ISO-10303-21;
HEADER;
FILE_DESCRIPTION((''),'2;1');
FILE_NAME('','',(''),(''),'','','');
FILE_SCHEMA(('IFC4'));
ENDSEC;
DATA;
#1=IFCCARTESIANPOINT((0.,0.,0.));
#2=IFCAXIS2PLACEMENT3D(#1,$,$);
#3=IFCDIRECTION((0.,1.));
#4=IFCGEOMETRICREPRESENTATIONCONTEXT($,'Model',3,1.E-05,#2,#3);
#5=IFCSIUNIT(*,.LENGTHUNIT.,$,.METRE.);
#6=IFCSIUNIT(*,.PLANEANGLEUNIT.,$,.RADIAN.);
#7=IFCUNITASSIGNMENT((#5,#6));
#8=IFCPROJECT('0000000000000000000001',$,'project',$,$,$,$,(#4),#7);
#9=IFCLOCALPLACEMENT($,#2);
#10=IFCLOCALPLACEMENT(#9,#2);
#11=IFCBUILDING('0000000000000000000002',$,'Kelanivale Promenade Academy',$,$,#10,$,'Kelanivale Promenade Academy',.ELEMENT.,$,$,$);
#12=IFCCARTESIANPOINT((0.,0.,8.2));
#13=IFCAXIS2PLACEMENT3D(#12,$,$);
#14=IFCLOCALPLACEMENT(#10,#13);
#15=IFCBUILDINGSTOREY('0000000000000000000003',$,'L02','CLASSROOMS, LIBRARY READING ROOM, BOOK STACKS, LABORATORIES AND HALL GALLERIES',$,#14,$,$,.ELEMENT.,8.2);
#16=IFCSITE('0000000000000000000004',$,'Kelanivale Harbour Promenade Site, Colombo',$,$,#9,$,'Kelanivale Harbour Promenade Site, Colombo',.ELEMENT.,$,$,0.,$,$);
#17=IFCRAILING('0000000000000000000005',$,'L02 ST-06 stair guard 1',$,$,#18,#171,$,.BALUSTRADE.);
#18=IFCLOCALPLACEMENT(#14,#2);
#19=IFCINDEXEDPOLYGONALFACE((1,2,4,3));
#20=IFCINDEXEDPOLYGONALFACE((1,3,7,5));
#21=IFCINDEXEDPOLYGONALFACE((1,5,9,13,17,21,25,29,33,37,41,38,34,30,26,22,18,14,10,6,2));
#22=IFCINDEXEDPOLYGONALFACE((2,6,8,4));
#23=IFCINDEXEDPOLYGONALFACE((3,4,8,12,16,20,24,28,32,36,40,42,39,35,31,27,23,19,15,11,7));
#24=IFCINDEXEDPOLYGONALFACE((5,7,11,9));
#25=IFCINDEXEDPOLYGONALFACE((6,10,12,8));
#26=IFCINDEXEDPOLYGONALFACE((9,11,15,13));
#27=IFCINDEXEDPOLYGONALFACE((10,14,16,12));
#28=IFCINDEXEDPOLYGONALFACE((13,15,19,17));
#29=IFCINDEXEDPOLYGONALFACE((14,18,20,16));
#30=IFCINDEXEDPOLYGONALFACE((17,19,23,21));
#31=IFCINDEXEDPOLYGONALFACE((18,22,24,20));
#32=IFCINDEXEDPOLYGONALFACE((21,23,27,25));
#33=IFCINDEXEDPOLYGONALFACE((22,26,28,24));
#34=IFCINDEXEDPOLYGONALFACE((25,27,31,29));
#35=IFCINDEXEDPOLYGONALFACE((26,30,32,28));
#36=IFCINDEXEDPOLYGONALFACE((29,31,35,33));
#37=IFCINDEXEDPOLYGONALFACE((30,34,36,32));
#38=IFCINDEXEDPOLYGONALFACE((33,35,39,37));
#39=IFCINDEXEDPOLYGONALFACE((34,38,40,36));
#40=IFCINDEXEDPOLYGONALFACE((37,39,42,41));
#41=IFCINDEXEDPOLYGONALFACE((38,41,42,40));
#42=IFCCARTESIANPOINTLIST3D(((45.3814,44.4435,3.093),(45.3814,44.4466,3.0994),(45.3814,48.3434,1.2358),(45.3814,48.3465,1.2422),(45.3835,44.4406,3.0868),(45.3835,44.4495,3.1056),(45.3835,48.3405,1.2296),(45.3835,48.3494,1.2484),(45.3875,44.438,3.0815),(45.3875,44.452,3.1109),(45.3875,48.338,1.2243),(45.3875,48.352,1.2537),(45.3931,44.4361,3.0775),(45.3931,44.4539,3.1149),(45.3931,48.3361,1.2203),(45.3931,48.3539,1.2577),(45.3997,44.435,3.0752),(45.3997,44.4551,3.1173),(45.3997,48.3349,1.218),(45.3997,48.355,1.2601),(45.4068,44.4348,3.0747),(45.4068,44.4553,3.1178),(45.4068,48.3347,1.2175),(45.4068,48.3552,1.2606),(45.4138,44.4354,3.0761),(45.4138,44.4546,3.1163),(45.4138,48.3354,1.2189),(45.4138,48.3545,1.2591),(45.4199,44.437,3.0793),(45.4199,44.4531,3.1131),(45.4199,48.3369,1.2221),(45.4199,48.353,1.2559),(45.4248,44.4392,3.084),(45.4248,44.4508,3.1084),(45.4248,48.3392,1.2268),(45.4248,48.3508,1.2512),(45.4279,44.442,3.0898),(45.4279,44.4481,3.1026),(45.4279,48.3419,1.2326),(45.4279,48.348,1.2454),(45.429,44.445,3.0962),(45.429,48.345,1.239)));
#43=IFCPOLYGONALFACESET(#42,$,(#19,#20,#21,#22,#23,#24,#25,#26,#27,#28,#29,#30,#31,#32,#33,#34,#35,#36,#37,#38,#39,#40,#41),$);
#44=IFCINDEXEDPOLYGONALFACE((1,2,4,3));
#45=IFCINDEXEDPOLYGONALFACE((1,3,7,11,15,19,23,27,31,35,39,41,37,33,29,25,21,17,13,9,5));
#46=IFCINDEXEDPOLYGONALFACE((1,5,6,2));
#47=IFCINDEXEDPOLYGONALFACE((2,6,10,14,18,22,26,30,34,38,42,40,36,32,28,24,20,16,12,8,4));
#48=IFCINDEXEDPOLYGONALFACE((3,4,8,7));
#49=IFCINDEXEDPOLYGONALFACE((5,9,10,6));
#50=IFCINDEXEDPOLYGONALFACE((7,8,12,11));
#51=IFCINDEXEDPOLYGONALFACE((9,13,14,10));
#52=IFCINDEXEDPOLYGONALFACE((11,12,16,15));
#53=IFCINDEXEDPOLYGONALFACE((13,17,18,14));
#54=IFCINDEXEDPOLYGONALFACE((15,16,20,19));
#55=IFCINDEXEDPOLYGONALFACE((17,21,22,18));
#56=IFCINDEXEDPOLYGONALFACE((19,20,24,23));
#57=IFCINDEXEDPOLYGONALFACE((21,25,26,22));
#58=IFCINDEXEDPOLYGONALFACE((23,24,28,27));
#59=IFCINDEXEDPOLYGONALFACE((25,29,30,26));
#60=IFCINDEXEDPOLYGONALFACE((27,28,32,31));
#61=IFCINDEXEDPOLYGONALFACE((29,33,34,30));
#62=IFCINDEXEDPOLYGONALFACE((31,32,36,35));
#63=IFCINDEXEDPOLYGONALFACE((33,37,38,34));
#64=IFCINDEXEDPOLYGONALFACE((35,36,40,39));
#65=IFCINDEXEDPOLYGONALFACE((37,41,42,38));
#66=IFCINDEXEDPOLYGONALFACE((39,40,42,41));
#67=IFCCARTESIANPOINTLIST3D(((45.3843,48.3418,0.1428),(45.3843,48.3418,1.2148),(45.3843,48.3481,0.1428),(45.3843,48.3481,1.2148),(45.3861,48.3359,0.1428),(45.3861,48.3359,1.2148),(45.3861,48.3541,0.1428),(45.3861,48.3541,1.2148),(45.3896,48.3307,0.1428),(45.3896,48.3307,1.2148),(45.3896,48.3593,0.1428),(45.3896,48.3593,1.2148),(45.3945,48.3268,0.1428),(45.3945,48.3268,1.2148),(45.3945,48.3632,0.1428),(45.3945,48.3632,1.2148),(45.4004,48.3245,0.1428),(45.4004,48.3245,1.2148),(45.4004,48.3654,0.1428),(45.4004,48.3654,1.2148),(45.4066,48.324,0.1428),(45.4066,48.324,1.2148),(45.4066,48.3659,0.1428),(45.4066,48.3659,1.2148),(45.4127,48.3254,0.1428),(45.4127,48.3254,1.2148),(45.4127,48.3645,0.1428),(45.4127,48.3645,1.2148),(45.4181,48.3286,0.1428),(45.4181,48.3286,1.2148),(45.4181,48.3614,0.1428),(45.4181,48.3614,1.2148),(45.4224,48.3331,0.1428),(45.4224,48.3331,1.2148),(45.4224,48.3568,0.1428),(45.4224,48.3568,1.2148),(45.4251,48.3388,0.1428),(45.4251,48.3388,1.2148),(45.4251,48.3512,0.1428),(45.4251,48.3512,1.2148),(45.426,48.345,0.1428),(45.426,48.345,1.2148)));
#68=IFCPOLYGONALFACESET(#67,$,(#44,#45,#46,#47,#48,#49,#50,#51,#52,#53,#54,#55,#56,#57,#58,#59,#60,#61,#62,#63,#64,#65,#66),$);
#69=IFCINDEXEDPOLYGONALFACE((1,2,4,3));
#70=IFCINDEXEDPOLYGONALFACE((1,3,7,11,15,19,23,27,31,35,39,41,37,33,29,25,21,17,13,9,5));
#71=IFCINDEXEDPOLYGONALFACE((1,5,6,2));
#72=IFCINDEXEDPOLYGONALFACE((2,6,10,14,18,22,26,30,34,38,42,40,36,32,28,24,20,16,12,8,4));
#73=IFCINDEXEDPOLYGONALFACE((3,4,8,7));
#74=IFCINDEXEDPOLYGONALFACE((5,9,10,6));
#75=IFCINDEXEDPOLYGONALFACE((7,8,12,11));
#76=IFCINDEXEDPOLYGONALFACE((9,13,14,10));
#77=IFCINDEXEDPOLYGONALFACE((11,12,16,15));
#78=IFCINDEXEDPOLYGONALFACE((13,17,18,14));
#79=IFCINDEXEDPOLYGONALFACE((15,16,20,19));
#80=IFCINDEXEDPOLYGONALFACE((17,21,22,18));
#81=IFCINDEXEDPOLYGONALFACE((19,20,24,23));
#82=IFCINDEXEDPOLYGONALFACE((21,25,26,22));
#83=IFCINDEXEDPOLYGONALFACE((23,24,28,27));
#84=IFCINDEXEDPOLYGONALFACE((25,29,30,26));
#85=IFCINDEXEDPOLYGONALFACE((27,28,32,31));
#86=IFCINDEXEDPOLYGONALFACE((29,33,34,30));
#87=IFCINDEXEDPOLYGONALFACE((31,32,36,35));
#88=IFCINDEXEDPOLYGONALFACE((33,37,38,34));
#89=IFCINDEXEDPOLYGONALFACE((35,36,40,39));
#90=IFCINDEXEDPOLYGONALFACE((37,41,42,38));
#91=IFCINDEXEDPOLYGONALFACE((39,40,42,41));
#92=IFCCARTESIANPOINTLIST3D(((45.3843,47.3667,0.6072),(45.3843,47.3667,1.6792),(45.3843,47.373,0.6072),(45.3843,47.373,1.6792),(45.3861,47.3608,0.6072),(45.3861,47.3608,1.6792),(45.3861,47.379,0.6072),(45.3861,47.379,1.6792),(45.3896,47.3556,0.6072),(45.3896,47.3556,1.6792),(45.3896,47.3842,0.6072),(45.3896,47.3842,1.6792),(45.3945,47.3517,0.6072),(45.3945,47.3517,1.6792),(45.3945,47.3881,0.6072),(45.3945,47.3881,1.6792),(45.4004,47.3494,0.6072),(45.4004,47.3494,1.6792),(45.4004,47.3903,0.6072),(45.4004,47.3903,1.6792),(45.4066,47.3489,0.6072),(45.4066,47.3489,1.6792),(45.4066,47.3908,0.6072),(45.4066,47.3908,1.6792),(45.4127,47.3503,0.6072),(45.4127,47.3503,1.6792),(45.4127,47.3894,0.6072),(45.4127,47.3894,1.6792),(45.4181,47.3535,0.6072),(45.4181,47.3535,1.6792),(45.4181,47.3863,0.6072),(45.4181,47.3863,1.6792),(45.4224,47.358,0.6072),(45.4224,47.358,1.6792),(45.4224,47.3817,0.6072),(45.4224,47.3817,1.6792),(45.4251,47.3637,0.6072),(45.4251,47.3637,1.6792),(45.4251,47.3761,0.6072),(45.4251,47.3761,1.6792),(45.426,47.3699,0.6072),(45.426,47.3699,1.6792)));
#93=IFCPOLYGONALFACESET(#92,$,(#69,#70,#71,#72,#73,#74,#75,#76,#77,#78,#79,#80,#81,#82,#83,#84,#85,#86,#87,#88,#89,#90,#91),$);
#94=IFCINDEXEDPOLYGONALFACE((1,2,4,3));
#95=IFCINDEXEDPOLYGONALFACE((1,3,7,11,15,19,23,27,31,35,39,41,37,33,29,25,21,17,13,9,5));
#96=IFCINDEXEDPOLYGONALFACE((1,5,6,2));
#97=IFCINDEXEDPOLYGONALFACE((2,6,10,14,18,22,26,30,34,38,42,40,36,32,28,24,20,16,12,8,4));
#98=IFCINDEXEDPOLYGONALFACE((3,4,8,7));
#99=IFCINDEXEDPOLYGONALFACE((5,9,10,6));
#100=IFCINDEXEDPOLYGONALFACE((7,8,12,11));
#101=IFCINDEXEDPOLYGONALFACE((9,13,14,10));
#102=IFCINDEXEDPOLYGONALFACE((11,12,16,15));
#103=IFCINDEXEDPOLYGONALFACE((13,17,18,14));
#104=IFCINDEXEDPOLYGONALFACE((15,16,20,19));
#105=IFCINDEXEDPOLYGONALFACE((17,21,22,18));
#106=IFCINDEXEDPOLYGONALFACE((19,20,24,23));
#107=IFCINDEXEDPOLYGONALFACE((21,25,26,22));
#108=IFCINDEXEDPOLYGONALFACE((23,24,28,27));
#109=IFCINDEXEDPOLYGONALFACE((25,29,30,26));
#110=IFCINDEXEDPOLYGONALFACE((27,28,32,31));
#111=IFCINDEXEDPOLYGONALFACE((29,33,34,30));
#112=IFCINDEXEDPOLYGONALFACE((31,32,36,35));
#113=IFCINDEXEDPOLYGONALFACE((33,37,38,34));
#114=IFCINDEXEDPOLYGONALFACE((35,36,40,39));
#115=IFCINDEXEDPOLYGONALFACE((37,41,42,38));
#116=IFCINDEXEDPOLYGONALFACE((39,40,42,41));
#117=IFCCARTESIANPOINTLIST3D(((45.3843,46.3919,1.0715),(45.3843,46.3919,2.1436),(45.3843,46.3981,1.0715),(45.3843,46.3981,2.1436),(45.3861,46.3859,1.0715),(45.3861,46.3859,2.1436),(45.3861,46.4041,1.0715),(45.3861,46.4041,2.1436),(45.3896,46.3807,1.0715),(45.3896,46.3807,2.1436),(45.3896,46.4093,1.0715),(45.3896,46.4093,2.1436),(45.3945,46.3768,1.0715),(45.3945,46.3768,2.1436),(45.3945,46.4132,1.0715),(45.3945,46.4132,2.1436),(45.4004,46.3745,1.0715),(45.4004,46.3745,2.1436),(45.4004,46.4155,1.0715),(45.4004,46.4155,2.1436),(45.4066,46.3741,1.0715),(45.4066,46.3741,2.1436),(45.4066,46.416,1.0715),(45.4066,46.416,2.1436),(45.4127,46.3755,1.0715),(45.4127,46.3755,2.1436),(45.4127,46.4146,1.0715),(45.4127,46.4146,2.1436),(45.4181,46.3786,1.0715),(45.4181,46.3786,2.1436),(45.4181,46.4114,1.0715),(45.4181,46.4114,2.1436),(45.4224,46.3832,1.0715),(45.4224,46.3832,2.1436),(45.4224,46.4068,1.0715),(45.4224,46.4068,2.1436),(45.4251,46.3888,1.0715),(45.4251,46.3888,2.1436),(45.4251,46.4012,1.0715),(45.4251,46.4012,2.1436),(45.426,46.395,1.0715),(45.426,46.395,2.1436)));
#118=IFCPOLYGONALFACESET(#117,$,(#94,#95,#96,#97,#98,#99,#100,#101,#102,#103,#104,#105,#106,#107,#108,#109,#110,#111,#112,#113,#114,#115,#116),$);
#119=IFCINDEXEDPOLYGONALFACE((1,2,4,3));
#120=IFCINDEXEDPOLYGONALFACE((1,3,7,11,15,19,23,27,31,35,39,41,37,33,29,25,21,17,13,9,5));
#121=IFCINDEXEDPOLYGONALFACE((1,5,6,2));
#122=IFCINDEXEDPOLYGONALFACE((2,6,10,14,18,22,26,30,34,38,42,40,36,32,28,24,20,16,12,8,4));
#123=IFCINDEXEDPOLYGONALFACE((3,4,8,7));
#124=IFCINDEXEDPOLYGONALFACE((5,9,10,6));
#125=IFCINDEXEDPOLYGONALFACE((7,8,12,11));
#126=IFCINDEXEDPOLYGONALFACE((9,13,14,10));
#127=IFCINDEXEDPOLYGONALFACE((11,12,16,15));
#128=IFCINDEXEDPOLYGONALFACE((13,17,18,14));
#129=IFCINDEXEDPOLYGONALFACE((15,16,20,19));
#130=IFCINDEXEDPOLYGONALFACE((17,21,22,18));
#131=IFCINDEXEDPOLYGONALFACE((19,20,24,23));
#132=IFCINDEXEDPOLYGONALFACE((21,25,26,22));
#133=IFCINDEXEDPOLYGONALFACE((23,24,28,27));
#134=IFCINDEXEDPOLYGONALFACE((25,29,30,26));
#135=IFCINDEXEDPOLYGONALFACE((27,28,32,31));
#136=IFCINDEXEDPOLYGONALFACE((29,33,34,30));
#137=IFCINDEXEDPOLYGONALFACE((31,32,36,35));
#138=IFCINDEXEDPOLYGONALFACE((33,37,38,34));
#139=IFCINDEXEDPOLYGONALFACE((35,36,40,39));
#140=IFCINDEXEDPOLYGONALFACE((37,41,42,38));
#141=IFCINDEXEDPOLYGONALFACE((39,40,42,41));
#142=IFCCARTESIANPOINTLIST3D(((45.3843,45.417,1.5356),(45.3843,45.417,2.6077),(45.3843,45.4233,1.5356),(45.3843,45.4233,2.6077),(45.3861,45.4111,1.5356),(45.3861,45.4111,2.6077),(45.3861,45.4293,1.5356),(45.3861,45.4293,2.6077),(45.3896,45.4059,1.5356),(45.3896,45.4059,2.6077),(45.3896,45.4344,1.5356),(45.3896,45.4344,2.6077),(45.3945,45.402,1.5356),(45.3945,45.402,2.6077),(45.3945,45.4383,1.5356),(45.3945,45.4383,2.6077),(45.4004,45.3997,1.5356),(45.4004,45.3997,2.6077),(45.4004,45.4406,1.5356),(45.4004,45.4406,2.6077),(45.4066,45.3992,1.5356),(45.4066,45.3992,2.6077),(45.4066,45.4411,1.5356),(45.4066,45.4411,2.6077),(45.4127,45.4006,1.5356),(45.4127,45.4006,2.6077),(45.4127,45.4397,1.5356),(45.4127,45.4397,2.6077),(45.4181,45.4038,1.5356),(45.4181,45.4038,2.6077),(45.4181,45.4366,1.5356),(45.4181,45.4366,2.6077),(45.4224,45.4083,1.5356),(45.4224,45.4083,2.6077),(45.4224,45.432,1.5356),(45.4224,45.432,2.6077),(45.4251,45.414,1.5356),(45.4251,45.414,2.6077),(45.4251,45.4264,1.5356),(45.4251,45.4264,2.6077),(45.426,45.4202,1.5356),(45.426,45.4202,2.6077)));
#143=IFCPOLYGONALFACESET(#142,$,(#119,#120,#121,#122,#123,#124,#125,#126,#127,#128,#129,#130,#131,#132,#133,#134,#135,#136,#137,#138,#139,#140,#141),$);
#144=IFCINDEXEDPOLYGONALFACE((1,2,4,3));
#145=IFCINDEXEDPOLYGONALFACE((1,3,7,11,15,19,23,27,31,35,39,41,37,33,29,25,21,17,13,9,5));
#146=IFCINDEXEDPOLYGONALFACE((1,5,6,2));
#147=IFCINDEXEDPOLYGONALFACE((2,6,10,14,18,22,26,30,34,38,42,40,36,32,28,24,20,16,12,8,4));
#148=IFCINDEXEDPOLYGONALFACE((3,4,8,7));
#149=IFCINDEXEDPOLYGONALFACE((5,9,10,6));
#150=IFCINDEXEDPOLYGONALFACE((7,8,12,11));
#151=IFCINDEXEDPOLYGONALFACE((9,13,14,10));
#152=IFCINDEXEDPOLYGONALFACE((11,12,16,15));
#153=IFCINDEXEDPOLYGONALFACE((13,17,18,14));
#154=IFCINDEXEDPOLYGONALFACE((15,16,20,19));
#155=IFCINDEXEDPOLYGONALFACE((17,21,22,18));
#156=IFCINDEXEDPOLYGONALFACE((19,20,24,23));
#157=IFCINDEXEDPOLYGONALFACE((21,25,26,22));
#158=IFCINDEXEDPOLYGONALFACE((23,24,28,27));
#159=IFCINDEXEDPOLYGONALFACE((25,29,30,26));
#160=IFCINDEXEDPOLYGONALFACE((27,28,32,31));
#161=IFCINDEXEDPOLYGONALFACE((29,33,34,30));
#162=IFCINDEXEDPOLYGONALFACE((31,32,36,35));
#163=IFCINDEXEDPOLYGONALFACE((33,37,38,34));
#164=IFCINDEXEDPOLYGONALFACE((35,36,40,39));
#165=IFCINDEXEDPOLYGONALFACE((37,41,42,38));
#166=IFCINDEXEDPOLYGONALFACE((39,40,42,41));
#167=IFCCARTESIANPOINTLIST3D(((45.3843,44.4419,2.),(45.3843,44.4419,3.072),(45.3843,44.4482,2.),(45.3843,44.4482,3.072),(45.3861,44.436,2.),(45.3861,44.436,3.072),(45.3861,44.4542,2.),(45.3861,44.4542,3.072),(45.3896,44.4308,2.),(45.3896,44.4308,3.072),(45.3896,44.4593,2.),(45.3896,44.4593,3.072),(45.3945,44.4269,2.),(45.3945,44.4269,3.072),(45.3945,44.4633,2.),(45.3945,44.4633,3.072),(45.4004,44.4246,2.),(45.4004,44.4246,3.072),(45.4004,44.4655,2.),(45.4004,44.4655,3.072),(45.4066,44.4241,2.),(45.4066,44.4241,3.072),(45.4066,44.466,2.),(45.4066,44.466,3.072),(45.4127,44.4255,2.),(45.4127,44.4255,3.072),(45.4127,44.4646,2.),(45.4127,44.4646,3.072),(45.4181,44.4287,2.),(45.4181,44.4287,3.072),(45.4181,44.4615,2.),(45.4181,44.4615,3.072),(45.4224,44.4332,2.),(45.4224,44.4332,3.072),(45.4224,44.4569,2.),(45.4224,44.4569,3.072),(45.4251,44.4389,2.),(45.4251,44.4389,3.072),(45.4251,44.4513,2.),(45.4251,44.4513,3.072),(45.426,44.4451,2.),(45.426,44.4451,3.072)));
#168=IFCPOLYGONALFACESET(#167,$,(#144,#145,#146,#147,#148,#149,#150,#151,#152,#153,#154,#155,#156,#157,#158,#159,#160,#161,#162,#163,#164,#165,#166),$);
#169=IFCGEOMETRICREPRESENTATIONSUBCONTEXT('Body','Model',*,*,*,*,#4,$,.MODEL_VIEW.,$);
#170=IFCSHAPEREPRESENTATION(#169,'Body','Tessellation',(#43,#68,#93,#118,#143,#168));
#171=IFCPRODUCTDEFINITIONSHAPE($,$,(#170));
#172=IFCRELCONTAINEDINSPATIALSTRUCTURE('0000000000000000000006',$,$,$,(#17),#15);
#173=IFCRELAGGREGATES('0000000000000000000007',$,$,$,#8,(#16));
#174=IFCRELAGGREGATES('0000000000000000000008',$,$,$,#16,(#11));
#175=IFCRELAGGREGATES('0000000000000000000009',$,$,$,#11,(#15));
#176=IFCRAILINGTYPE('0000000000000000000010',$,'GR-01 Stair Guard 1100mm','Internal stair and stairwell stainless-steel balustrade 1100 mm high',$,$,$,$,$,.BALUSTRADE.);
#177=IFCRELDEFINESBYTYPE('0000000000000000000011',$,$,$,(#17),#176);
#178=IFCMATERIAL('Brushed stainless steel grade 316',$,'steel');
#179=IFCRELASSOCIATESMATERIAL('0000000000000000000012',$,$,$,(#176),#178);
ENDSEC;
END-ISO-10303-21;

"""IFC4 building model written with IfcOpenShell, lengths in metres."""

from ifc_helpers import new_model, si_unit, direction, frame, origin, origin_2d, place, context, subcontext, project, spatial, circle, extrude, material, type_object, element, save


model = new_model("IFC4")

# Units and contexts
model_context = context("Model", 3, precision=1e-05, world=origin(), true_north=direction((0.0, 1.0)))
body_context = subcontext(model_context, "Body", "Model", "MODEL_VIEW")
ifc_project = project(units=[si_unit("LENGTHUNIT", "METRE"), si_unit("PLANEANGLEUNIT", "RADIAN")], contexts=[model_context])

# Site, building, storey
site_placement = place(None, origin())
site = spatial("IfcSite", under=ifc_project, at=site_placement, Name="Kelanivale Harbour Promenade Site, Colombo", LongName="Kelanivale Harbour Promenade Site, Colombo", CompositionType="ELEMENT", RefElevation=0.0)
building_placement = place(site_placement, origin())
building = spatial("IfcBuilding", under=site, at=building_placement, Name="Kelanivale Promenade Academy", LongName="Kelanivale Promenade Academy", CompositionType="ELEMENT")
storey_placement = place(building_placement, frame((0.0, 0.0, 8.2)))
storey = spatial("IfcBuildingStorey", under=building, at=storey_placement, Name="L02", Description="CLASSROOMS, LIBRARY READING ROOM, BOOK STACKS, LABORATORIES AND HALL GALLERIES", CompositionType="ELEMENT", Elevation=8.2)

# Railing
ifc_material_1 = material(Name="Brushed stainless steel grade 316", Category="steel")
railing_type_1 = type_object("IfcRailingType", Name="GR-01 Stair Guard 1100mm", Description="Internal stair and stairwell stainless-steel balustrade 1100 mm high", PredefinedType="BALUSTRADE", material=ifc_material_1)
railing_1_placement = place(storey_placement, frame((45.405, 48.345, 0.1428)))
element("IfcRailing", 1, at=railing_1_placement, inside=storey, type_object=railing_type_1, Name="L02 ST-06 stair guard 1", PredefinedType="BALUSTRADE", context=body_context, shape_type="SweptSolid", body=[
    extrude(circle(Radius=0.0239, at=origin_2d()), frame((0.0, 0.0, 1.0962), z_axis=(0.0, -0.902853, 0.429949), x_axis=(1.0, 0.0, 0.0)), (0.0, 0.0, 1.0), 4.3196),
    extrude(circle(Radius=0.021, at=origin_2d()), origin(), (0.0, 0.0, 1.0), 1.072),
    extrude(circle(Radius=0.021, at=origin_2d()), frame((0.0, -0.9751, 0.4644)), (0.0, 0.0, 1.0), 1.072),
    extrude(circle(Radius=0.021, at=origin_2d()), frame((0.0, -1.95, 0.9287)), (0.0, 0.0, 1.0), 1.072),
    extrude(circle(Radius=0.021, at=origin_2d()), frame((0.0, -2.9248, 1.3928)), (0.0, 0.0, 1.0), 1.072),
    extrude(circle(Radius=0.021, at=origin_2d()), frame((0.0, -3.8999, 1.8572)), (0.0, 0.0, 1.0), 1.072),
])

save(model, "model.ifc")
